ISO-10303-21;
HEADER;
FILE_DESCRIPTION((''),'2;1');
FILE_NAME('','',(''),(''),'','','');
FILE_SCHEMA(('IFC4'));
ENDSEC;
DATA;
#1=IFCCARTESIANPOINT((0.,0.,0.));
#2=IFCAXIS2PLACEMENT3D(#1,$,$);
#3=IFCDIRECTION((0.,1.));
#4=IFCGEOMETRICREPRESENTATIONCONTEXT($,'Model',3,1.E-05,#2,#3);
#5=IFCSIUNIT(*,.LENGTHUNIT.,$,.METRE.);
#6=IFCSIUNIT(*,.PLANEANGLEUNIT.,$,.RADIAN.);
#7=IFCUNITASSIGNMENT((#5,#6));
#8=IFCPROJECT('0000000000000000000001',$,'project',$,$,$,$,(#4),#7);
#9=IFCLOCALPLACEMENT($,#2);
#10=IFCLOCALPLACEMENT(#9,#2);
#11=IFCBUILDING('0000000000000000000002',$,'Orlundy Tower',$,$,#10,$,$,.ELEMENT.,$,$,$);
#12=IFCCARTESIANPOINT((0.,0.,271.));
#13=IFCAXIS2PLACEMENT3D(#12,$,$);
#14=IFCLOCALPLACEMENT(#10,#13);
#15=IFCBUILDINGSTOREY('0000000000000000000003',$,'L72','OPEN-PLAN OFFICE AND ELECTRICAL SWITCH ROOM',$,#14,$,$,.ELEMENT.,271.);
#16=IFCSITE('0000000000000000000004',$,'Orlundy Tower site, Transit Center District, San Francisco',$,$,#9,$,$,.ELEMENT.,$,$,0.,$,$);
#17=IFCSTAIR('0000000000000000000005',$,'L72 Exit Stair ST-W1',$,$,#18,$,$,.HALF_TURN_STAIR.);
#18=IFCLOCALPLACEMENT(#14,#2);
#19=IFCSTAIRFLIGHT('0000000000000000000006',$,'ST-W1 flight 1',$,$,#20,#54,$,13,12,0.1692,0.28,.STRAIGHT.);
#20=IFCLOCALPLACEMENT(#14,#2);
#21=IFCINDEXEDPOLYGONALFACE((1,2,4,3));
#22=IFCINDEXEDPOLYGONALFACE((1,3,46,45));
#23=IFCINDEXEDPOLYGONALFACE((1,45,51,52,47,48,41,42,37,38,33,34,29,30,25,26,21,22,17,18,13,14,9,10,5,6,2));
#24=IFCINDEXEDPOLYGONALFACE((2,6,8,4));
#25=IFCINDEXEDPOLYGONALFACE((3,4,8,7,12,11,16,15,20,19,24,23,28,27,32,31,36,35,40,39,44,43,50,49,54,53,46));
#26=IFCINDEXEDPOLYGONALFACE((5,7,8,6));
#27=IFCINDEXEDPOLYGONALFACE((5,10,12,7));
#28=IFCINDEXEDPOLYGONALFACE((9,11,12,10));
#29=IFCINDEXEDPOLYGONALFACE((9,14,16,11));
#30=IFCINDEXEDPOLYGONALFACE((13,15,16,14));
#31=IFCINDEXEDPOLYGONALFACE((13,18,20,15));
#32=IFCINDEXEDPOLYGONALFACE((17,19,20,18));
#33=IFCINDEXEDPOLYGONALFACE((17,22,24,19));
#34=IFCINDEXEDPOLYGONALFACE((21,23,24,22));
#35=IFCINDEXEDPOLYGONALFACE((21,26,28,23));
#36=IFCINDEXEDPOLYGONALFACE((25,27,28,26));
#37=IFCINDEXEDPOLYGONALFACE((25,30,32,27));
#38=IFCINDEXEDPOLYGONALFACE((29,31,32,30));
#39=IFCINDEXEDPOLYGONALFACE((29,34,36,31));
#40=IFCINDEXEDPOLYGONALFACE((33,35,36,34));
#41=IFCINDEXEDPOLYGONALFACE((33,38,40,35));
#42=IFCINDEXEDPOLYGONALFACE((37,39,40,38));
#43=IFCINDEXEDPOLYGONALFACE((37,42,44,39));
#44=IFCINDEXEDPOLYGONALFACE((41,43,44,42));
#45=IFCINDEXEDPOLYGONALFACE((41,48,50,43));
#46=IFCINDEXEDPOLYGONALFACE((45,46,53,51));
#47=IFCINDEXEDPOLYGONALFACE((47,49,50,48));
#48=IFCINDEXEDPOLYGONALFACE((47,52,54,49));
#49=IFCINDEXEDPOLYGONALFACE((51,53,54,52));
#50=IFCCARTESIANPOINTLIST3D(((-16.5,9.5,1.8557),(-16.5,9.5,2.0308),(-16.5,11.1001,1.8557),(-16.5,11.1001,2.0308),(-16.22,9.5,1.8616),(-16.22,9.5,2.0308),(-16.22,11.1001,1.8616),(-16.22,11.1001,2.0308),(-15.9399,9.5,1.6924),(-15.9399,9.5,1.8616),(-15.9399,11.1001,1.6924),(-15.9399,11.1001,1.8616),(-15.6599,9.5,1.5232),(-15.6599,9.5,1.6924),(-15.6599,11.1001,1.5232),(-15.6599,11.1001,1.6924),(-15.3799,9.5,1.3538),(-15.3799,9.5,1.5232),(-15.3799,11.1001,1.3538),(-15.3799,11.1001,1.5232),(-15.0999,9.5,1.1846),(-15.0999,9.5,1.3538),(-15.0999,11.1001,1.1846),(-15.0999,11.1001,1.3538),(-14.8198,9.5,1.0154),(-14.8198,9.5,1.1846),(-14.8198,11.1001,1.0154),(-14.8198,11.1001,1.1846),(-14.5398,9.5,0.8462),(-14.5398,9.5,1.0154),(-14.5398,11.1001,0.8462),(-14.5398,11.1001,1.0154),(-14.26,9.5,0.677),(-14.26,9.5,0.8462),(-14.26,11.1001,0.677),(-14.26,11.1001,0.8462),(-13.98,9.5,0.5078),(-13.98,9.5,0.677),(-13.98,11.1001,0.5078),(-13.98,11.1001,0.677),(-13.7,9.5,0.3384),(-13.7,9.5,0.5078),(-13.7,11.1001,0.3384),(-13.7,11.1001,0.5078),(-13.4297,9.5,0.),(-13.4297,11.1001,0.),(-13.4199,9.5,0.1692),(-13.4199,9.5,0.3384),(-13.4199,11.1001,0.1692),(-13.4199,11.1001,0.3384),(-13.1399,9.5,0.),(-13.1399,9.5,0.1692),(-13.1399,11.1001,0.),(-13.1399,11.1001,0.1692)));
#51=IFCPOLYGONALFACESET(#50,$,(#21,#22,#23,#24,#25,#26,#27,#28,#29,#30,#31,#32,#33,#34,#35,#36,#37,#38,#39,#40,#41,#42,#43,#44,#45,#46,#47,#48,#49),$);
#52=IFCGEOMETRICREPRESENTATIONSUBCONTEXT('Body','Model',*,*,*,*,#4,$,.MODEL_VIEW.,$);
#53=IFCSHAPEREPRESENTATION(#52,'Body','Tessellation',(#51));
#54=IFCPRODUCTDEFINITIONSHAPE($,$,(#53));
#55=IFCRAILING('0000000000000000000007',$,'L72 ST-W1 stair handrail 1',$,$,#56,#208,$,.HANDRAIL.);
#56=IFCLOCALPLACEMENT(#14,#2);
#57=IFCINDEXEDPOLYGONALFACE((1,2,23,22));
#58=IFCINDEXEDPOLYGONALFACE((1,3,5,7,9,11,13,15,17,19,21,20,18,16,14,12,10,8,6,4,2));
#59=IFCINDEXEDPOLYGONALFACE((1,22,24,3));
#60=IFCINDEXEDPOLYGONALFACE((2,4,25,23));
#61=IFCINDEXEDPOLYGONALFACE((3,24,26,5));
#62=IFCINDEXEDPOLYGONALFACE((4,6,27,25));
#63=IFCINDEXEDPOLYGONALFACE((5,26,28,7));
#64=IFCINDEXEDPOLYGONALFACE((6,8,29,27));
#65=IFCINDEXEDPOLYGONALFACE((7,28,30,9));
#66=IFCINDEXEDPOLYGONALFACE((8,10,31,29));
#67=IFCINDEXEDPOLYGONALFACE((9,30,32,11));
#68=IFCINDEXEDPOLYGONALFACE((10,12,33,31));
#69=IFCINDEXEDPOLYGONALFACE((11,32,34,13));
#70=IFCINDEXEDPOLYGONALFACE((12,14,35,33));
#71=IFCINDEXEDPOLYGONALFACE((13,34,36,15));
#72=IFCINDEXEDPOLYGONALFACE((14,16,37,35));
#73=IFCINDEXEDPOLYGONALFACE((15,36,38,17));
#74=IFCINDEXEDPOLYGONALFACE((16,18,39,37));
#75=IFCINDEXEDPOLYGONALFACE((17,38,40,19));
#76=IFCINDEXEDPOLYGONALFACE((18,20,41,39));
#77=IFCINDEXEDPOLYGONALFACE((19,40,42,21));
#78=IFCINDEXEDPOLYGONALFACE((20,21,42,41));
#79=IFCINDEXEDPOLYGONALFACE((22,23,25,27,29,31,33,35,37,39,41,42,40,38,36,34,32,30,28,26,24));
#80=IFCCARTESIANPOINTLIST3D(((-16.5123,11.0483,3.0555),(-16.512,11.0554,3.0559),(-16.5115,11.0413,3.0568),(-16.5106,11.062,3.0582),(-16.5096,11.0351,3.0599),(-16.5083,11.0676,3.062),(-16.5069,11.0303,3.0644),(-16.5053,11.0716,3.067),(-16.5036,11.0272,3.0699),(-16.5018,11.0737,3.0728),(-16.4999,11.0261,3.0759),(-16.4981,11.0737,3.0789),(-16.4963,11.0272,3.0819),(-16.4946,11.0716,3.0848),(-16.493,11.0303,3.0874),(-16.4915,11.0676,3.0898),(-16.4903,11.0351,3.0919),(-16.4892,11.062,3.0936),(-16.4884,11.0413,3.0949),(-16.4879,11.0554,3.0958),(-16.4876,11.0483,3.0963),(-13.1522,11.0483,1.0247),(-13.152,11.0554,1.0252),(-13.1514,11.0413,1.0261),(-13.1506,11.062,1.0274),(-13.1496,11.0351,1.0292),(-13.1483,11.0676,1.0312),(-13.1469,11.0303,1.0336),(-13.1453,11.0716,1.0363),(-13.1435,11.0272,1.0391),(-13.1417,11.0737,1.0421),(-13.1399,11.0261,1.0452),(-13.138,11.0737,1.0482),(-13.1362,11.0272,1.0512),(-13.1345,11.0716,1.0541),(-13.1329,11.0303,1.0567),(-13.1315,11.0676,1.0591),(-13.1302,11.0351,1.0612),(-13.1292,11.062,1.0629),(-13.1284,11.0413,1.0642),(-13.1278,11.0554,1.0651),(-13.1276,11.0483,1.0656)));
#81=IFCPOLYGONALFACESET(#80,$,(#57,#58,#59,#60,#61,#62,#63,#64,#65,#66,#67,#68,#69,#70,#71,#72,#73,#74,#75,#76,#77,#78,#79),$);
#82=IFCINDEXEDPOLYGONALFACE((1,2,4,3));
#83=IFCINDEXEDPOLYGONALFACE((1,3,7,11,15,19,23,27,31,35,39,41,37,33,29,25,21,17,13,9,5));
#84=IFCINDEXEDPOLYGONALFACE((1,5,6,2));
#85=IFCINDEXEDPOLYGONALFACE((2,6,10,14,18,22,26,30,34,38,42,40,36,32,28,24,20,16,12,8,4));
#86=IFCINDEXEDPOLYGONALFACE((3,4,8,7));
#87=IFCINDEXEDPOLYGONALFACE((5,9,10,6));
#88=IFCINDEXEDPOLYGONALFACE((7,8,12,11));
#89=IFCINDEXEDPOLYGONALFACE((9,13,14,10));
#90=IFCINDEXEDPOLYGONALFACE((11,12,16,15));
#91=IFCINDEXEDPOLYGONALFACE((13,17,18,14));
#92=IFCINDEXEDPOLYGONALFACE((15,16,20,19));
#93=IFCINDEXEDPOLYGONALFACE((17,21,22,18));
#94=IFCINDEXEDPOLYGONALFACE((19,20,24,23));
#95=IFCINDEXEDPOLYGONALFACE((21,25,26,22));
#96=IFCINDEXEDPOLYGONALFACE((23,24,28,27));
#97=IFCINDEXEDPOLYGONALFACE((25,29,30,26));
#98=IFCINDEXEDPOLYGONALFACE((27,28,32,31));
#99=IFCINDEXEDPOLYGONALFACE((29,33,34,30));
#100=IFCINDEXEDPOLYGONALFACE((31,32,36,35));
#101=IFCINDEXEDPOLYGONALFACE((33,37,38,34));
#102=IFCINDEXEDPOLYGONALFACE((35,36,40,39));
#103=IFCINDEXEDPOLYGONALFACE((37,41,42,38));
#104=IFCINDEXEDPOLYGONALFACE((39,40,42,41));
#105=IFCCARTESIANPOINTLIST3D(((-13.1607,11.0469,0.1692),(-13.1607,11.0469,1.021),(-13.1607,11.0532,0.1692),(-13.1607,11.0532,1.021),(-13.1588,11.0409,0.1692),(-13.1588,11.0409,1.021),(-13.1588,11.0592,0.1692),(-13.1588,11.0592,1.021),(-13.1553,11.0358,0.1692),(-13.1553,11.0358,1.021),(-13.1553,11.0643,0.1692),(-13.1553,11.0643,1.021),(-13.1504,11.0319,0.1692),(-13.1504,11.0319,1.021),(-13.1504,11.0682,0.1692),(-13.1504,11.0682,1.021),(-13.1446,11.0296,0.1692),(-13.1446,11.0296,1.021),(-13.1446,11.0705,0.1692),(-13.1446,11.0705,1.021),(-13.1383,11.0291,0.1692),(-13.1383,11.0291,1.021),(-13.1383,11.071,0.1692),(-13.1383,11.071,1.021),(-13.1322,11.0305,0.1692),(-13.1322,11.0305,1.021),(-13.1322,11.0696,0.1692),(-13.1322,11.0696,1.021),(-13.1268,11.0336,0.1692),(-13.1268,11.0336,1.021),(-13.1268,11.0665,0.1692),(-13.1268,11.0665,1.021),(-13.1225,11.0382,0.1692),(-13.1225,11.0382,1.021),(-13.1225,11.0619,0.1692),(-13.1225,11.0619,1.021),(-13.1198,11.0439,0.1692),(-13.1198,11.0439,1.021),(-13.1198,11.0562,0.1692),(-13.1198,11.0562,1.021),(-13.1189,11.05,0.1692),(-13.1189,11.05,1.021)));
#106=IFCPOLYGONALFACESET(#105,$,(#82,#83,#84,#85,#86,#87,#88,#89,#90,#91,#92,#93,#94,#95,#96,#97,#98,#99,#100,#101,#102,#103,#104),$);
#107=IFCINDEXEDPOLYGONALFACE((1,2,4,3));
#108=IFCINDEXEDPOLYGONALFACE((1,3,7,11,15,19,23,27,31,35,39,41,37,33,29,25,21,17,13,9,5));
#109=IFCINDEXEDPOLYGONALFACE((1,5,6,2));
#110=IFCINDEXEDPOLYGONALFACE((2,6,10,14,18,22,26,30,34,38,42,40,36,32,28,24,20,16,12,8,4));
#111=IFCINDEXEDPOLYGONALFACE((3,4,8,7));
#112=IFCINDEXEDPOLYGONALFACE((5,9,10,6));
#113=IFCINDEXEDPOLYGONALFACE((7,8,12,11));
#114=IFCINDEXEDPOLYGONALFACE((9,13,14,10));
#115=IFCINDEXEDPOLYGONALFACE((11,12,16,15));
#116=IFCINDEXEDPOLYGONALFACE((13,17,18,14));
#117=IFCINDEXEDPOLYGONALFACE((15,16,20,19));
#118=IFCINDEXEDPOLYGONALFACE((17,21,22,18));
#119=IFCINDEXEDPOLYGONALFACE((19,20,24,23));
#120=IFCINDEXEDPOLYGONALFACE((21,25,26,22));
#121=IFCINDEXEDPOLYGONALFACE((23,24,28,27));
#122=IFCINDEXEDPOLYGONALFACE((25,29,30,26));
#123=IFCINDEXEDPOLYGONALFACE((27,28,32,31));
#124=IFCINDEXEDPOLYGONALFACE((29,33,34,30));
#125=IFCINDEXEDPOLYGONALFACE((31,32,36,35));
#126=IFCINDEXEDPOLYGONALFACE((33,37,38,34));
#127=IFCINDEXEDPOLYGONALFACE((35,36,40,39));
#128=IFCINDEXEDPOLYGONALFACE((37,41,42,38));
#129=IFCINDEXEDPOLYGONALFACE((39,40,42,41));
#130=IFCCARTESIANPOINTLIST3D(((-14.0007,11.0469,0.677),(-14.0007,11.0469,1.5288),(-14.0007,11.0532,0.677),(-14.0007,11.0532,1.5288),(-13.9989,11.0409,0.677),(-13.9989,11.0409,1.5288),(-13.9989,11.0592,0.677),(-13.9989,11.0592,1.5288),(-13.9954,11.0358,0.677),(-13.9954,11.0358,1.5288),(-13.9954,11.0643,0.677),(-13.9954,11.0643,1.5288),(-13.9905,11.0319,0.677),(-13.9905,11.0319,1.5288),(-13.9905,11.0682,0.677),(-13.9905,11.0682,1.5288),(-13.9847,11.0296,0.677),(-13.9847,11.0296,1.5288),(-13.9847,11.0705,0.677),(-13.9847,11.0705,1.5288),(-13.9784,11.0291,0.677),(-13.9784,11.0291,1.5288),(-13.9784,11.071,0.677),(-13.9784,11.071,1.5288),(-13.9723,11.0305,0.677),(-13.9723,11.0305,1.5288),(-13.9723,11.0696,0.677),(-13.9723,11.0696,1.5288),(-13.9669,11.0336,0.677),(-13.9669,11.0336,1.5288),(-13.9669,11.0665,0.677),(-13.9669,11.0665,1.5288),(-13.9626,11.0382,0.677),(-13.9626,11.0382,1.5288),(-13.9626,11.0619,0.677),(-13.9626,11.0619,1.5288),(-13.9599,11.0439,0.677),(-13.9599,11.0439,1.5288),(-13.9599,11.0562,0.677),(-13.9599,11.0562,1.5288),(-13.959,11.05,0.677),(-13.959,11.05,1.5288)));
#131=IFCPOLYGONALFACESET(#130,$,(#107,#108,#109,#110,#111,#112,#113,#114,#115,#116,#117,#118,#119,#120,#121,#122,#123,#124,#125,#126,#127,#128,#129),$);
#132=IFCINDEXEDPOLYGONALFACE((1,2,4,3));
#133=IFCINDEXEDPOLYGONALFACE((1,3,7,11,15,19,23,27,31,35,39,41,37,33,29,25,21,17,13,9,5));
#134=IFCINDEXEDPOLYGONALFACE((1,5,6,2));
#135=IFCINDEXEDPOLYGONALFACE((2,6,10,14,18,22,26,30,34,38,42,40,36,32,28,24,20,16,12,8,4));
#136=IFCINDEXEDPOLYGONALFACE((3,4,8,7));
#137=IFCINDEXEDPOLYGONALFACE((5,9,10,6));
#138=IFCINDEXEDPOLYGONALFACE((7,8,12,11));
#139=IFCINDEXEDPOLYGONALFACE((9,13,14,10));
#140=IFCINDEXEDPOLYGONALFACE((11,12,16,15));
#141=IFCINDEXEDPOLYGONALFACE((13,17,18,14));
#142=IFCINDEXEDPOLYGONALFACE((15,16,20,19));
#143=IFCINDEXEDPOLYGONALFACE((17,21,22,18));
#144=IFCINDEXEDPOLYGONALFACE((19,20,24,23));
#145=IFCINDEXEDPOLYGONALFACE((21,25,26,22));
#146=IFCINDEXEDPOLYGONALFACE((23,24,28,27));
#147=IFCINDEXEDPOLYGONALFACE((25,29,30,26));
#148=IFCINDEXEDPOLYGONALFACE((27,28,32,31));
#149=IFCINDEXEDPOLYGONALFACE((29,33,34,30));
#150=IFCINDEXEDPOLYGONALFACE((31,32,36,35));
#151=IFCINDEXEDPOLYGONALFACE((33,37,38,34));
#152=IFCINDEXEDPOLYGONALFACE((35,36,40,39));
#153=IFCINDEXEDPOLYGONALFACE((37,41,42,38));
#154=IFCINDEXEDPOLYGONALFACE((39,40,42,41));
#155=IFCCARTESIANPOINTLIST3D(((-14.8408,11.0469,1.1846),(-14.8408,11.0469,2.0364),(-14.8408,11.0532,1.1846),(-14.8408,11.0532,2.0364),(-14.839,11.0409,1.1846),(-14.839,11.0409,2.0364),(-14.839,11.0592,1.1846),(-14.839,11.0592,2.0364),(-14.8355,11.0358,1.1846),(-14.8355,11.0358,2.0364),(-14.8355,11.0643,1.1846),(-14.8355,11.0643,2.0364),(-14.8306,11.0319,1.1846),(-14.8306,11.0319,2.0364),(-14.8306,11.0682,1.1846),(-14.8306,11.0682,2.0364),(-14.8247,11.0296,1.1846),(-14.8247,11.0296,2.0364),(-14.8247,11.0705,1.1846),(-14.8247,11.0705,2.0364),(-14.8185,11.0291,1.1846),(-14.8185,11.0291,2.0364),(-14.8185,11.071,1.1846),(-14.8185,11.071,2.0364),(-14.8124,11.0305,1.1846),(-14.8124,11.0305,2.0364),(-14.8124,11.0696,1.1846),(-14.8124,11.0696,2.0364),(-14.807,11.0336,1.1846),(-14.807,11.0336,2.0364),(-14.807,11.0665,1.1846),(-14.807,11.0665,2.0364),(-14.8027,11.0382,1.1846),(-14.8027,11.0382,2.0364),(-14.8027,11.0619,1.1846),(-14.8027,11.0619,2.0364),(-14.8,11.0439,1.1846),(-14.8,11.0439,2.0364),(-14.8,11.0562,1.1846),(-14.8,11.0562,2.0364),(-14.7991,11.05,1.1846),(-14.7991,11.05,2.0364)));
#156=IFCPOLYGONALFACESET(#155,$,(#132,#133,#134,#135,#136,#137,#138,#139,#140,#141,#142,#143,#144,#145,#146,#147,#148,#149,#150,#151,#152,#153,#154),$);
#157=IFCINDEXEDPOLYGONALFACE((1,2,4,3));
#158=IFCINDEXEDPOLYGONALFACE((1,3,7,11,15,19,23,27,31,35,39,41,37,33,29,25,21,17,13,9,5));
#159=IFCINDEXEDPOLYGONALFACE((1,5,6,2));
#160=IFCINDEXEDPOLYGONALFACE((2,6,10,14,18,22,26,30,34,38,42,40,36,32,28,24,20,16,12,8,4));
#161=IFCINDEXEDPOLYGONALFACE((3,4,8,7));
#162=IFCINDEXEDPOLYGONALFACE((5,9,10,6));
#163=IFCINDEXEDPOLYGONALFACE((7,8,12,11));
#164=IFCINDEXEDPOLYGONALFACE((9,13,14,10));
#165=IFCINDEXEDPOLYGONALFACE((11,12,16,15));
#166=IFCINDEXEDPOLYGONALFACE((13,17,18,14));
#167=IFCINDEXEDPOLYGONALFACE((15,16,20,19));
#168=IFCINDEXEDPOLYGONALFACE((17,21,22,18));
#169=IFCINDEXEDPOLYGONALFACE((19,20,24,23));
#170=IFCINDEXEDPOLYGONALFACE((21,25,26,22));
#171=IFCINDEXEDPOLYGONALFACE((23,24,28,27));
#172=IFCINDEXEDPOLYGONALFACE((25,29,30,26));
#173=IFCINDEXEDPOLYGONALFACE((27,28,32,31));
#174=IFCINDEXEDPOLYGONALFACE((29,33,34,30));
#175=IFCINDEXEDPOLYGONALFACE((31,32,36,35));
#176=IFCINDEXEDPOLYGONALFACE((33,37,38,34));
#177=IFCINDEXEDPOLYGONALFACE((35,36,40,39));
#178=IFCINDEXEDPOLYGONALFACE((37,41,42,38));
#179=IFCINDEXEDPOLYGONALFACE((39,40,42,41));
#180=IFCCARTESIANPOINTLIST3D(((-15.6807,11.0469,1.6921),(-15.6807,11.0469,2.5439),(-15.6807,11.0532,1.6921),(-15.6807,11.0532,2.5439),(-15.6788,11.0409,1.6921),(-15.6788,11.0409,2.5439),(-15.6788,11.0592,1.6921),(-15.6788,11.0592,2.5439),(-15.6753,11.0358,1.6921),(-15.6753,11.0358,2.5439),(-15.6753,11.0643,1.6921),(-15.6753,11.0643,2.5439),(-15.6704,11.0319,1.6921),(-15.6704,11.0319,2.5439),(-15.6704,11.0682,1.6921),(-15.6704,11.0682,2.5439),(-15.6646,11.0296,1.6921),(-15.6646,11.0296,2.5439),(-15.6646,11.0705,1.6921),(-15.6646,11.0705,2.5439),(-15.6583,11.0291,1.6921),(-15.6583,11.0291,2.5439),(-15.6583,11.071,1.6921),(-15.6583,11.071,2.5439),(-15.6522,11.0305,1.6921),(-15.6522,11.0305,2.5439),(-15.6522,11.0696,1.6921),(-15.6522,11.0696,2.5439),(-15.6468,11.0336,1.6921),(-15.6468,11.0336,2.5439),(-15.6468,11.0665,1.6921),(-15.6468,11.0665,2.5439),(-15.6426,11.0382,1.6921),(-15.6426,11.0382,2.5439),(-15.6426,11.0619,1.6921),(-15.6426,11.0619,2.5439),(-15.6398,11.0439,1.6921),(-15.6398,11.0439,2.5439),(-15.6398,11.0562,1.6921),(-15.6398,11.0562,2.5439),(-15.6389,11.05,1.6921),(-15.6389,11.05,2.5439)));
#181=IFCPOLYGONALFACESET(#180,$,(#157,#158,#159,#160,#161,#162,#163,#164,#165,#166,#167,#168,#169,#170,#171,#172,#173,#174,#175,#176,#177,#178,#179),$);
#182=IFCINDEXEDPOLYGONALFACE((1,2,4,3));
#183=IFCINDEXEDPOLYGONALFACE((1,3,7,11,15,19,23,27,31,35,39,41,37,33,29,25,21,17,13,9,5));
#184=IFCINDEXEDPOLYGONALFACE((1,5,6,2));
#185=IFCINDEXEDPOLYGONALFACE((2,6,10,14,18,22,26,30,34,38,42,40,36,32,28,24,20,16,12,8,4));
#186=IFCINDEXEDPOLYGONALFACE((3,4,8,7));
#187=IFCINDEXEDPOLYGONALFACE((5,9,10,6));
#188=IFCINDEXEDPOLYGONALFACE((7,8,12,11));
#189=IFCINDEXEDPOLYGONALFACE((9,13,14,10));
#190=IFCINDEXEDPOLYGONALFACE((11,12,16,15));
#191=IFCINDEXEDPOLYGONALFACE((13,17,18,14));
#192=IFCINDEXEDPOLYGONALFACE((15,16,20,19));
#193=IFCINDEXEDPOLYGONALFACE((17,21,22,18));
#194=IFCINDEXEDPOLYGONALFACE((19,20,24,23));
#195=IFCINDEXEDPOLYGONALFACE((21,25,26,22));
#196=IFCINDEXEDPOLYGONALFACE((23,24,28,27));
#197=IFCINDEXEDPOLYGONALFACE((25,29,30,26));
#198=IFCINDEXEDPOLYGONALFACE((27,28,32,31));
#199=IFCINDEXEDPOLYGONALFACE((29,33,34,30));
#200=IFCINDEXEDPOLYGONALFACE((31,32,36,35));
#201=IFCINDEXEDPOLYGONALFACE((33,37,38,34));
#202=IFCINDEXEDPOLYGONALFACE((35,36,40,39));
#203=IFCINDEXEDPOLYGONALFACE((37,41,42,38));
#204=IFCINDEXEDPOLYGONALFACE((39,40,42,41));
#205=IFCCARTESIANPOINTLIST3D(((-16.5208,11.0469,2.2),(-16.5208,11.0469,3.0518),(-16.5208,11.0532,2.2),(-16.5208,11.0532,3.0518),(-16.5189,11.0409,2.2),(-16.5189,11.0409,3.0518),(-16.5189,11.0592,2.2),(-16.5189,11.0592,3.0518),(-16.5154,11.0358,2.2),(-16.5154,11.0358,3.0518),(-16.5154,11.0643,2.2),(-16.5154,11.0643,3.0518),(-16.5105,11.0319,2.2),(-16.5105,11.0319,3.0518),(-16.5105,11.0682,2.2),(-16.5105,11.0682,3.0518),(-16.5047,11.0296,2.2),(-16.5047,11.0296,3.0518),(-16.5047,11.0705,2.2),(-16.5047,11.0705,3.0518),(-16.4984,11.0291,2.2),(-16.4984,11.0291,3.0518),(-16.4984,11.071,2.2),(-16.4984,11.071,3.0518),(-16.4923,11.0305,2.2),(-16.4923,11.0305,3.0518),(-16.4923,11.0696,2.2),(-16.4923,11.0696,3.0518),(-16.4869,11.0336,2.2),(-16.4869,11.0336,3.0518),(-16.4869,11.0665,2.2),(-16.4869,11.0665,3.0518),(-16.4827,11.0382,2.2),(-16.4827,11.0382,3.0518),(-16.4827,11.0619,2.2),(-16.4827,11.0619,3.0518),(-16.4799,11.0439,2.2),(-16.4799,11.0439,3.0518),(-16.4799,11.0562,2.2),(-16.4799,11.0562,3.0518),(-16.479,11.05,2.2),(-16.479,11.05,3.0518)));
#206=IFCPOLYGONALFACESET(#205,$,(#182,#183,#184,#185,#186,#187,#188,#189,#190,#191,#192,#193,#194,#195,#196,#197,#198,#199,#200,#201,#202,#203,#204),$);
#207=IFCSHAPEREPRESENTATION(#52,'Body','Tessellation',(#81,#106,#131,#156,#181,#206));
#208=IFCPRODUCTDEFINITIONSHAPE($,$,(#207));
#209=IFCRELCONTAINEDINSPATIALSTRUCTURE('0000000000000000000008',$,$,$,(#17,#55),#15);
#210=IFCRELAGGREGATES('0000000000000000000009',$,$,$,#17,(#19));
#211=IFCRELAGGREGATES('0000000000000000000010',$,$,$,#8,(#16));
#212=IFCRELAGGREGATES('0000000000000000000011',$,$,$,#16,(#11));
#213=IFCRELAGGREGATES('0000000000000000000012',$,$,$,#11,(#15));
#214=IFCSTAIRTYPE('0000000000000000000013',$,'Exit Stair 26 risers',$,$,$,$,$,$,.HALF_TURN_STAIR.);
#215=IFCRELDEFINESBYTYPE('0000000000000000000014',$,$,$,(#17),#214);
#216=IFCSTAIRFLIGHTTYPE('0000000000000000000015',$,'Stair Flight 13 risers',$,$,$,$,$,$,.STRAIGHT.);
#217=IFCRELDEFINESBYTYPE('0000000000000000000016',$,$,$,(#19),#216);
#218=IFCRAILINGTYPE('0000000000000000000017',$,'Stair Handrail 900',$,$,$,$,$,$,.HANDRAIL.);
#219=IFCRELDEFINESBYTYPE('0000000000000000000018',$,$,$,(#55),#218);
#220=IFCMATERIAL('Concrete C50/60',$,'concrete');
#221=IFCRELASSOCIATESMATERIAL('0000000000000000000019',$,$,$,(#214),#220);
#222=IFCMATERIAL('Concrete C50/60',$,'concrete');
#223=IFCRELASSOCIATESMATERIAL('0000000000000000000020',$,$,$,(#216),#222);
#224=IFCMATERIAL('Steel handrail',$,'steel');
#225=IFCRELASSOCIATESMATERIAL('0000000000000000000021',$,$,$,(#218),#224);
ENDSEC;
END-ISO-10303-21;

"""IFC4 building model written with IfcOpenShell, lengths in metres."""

from ifc_helpers import new_model, si_unit, direction, frame, origin, origin_2d, place, context, subcontext, project, spatial, polyline, circle, outline, extrude, material, type_object, element, aggregate, save


model = new_model("IFC4")

# Units and contexts
model_context = context("Model", 3, precision=1e-05, world=origin(), true_north=direction((0.0, 1.0)))
body_context = subcontext(model_context, "Body", "Model", "MODEL_VIEW")
ifc_project = project(units=[si_unit("LENGTHUNIT", "METRE"), si_unit("PLANEANGLEUNIT", "RADIAN")], contexts=[model_context])

# Site, building, storey
site_placement = place(None, origin())
site = spatial("IfcSite", under=ifc_project, at=site_placement, Name="Orlundy Tower site, Transit Center District, San Francisco", CompositionType="ELEMENT", RefElevation=0.0)
building_placement = place(site_placement, origin())
building = spatial("IfcBuilding", under=site, at=building_placement, Name="Orlundy Tower", CompositionType="ELEMENT")
storey_placement = place(building_placement, frame((0.0, 0.0, 271.0)))
storey = spatial("IfcBuildingStorey", under=building, at=storey_placement, Name="L72", Description="OPEN-PLAN OFFICE AND ELECTRICAL SWITCH ROOM", CompositionType="ELEMENT", Elevation=271.0)

# Stair, stair flight
ifc_material_1 = material(Name="Concrete C50/60", Category="concrete")
stair_type = type_object("IfcStairType", Name="Exit Stair 26 risers", PredefinedType="HALF_TURN_STAIR", material=ifc_material_1)
stair_placement = place(storey_placement, origin())
stair = element("IfcStair", 1, at=stair_placement, inside=storey, type_object=stair_type, Name="L72 Exit Stair ST-W1", PredefinedType="HALF_TURN_STAIR")
ifc_material_2 = material(Name="Concrete C50/60", Category="concrete")
stair_flight_type = type_object("IfcStairFlightType", Name="Stair Flight 13 risers", PredefinedType="STRAIGHT", material=ifc_material_2)
stair_flight_placement = place(storey_placement, frame((-13.1399, 10.3, 0.0), z_axis=(0.0, 0.0, 1.0), x_axis=(-1.0, 0.0, 0.0)))
stair_flight = element("IfcStairFlight", 2, at=stair_flight_placement, type_object=stair_flight_type, Name="ST-W1 flight 1", NumberOfRisers=13, NumberOfTreads=12, PredefinedType="STRAIGHT", RiserHeight=0.1692, TreadLength=0.28, context=body_context, shape_type="SweptSolid", body=[
    extrude(outline(polyline([(0.0, 0.0), (0.0, 0.1692), (0.28, 0.1692), (0.28, 0.3384), (0.5601, 0.3384), (0.5601, 0.5078), (0.8401, 0.5078), (0.8401, 0.677), (1.1201, 0.677), (1.1201, 0.8462), (1.3999, 0.8462), (1.3999, 1.0154), (1.6799, 1.0154), (1.6799, 1.1846), (1.96, 1.1846), (1.96, 1.3538), (2.24, 1.3538), (2.24, 1.5232), (2.52, 1.5232), (2.52, 1.6924), (2.8, 1.6924), (2.8, 1.8616), (3.0801, 1.8616), (3.0801, 2.0308), (3.3601, 2.0308), (3.3601, 2.2), (3.3601, 1.8557), (0.2898, 0.0), (0.0, 0.0)])), frame((0.0, 0.8, 0.0), z_axis=(0.0, -1.0, 0.0), x_axis=(1.0, 0.0, 0.0)), (0.0, 0.0, 1.0), 1.6001),
])
aggregate(stair, [stair_flight])

# Railing
ifc_material_3 = material(Name="Steel handrail", Category="steel")
railing_type_1 = type_object("IfcRailingType", Name="Stair Handrail 900", PredefinedType="HANDRAIL", material=ifc_material_3)
railing_1_placement = place(storey_placement, frame((-13.1399, 11.05, 0.1692)))
element("IfcRailing", 3, at=railing_1_placement, inside=storey, type_object=railing_type_1, Name="L72 ST-W1 stair handrail 1", PredefinedType="HANDRAIL", context=body_context, shape_type="SweptSolid", body=[
    extrude(circle(Radius=0.0239, at=origin_2d()), frame((0.0, 0.0, 0.876), z_axis=(-0.855837, 0.0, 0.517246), x_axis=(0.0, -1.0, 0.0)), (0.0, 0.0, 1.0), 3.926),
    extrude(circle(Radius=0.021, at=origin_2d()), origin(), (0.0, 0.0, 1.0), 0.8518),
    extrude(circle(Radius=0.021, at=origin_2d()), frame((-0.8401, 0.0, 0.5078)), (0.0, 0.0, 1.0), 0.8518),
    extrude(circle(Radius=0.021, at=origin_2d()), frame((-1.6802, 0.0, 1.0154)), (0.0, 0.0, 1.0), 0.8518),
    extrude(circle(Radius=0.021, at=origin_2d()), frame((-2.52, 0.0, 1.5229)), (0.0, 0.0, 1.0), 0.8518),
    extrude(circle(Radius=0.021, at=origin_2d()), frame((-3.3601, 0.0, 2.0308)), (0.0, 0.0, 1.0), 0.8518),
])

save(model, "model.ifc")
